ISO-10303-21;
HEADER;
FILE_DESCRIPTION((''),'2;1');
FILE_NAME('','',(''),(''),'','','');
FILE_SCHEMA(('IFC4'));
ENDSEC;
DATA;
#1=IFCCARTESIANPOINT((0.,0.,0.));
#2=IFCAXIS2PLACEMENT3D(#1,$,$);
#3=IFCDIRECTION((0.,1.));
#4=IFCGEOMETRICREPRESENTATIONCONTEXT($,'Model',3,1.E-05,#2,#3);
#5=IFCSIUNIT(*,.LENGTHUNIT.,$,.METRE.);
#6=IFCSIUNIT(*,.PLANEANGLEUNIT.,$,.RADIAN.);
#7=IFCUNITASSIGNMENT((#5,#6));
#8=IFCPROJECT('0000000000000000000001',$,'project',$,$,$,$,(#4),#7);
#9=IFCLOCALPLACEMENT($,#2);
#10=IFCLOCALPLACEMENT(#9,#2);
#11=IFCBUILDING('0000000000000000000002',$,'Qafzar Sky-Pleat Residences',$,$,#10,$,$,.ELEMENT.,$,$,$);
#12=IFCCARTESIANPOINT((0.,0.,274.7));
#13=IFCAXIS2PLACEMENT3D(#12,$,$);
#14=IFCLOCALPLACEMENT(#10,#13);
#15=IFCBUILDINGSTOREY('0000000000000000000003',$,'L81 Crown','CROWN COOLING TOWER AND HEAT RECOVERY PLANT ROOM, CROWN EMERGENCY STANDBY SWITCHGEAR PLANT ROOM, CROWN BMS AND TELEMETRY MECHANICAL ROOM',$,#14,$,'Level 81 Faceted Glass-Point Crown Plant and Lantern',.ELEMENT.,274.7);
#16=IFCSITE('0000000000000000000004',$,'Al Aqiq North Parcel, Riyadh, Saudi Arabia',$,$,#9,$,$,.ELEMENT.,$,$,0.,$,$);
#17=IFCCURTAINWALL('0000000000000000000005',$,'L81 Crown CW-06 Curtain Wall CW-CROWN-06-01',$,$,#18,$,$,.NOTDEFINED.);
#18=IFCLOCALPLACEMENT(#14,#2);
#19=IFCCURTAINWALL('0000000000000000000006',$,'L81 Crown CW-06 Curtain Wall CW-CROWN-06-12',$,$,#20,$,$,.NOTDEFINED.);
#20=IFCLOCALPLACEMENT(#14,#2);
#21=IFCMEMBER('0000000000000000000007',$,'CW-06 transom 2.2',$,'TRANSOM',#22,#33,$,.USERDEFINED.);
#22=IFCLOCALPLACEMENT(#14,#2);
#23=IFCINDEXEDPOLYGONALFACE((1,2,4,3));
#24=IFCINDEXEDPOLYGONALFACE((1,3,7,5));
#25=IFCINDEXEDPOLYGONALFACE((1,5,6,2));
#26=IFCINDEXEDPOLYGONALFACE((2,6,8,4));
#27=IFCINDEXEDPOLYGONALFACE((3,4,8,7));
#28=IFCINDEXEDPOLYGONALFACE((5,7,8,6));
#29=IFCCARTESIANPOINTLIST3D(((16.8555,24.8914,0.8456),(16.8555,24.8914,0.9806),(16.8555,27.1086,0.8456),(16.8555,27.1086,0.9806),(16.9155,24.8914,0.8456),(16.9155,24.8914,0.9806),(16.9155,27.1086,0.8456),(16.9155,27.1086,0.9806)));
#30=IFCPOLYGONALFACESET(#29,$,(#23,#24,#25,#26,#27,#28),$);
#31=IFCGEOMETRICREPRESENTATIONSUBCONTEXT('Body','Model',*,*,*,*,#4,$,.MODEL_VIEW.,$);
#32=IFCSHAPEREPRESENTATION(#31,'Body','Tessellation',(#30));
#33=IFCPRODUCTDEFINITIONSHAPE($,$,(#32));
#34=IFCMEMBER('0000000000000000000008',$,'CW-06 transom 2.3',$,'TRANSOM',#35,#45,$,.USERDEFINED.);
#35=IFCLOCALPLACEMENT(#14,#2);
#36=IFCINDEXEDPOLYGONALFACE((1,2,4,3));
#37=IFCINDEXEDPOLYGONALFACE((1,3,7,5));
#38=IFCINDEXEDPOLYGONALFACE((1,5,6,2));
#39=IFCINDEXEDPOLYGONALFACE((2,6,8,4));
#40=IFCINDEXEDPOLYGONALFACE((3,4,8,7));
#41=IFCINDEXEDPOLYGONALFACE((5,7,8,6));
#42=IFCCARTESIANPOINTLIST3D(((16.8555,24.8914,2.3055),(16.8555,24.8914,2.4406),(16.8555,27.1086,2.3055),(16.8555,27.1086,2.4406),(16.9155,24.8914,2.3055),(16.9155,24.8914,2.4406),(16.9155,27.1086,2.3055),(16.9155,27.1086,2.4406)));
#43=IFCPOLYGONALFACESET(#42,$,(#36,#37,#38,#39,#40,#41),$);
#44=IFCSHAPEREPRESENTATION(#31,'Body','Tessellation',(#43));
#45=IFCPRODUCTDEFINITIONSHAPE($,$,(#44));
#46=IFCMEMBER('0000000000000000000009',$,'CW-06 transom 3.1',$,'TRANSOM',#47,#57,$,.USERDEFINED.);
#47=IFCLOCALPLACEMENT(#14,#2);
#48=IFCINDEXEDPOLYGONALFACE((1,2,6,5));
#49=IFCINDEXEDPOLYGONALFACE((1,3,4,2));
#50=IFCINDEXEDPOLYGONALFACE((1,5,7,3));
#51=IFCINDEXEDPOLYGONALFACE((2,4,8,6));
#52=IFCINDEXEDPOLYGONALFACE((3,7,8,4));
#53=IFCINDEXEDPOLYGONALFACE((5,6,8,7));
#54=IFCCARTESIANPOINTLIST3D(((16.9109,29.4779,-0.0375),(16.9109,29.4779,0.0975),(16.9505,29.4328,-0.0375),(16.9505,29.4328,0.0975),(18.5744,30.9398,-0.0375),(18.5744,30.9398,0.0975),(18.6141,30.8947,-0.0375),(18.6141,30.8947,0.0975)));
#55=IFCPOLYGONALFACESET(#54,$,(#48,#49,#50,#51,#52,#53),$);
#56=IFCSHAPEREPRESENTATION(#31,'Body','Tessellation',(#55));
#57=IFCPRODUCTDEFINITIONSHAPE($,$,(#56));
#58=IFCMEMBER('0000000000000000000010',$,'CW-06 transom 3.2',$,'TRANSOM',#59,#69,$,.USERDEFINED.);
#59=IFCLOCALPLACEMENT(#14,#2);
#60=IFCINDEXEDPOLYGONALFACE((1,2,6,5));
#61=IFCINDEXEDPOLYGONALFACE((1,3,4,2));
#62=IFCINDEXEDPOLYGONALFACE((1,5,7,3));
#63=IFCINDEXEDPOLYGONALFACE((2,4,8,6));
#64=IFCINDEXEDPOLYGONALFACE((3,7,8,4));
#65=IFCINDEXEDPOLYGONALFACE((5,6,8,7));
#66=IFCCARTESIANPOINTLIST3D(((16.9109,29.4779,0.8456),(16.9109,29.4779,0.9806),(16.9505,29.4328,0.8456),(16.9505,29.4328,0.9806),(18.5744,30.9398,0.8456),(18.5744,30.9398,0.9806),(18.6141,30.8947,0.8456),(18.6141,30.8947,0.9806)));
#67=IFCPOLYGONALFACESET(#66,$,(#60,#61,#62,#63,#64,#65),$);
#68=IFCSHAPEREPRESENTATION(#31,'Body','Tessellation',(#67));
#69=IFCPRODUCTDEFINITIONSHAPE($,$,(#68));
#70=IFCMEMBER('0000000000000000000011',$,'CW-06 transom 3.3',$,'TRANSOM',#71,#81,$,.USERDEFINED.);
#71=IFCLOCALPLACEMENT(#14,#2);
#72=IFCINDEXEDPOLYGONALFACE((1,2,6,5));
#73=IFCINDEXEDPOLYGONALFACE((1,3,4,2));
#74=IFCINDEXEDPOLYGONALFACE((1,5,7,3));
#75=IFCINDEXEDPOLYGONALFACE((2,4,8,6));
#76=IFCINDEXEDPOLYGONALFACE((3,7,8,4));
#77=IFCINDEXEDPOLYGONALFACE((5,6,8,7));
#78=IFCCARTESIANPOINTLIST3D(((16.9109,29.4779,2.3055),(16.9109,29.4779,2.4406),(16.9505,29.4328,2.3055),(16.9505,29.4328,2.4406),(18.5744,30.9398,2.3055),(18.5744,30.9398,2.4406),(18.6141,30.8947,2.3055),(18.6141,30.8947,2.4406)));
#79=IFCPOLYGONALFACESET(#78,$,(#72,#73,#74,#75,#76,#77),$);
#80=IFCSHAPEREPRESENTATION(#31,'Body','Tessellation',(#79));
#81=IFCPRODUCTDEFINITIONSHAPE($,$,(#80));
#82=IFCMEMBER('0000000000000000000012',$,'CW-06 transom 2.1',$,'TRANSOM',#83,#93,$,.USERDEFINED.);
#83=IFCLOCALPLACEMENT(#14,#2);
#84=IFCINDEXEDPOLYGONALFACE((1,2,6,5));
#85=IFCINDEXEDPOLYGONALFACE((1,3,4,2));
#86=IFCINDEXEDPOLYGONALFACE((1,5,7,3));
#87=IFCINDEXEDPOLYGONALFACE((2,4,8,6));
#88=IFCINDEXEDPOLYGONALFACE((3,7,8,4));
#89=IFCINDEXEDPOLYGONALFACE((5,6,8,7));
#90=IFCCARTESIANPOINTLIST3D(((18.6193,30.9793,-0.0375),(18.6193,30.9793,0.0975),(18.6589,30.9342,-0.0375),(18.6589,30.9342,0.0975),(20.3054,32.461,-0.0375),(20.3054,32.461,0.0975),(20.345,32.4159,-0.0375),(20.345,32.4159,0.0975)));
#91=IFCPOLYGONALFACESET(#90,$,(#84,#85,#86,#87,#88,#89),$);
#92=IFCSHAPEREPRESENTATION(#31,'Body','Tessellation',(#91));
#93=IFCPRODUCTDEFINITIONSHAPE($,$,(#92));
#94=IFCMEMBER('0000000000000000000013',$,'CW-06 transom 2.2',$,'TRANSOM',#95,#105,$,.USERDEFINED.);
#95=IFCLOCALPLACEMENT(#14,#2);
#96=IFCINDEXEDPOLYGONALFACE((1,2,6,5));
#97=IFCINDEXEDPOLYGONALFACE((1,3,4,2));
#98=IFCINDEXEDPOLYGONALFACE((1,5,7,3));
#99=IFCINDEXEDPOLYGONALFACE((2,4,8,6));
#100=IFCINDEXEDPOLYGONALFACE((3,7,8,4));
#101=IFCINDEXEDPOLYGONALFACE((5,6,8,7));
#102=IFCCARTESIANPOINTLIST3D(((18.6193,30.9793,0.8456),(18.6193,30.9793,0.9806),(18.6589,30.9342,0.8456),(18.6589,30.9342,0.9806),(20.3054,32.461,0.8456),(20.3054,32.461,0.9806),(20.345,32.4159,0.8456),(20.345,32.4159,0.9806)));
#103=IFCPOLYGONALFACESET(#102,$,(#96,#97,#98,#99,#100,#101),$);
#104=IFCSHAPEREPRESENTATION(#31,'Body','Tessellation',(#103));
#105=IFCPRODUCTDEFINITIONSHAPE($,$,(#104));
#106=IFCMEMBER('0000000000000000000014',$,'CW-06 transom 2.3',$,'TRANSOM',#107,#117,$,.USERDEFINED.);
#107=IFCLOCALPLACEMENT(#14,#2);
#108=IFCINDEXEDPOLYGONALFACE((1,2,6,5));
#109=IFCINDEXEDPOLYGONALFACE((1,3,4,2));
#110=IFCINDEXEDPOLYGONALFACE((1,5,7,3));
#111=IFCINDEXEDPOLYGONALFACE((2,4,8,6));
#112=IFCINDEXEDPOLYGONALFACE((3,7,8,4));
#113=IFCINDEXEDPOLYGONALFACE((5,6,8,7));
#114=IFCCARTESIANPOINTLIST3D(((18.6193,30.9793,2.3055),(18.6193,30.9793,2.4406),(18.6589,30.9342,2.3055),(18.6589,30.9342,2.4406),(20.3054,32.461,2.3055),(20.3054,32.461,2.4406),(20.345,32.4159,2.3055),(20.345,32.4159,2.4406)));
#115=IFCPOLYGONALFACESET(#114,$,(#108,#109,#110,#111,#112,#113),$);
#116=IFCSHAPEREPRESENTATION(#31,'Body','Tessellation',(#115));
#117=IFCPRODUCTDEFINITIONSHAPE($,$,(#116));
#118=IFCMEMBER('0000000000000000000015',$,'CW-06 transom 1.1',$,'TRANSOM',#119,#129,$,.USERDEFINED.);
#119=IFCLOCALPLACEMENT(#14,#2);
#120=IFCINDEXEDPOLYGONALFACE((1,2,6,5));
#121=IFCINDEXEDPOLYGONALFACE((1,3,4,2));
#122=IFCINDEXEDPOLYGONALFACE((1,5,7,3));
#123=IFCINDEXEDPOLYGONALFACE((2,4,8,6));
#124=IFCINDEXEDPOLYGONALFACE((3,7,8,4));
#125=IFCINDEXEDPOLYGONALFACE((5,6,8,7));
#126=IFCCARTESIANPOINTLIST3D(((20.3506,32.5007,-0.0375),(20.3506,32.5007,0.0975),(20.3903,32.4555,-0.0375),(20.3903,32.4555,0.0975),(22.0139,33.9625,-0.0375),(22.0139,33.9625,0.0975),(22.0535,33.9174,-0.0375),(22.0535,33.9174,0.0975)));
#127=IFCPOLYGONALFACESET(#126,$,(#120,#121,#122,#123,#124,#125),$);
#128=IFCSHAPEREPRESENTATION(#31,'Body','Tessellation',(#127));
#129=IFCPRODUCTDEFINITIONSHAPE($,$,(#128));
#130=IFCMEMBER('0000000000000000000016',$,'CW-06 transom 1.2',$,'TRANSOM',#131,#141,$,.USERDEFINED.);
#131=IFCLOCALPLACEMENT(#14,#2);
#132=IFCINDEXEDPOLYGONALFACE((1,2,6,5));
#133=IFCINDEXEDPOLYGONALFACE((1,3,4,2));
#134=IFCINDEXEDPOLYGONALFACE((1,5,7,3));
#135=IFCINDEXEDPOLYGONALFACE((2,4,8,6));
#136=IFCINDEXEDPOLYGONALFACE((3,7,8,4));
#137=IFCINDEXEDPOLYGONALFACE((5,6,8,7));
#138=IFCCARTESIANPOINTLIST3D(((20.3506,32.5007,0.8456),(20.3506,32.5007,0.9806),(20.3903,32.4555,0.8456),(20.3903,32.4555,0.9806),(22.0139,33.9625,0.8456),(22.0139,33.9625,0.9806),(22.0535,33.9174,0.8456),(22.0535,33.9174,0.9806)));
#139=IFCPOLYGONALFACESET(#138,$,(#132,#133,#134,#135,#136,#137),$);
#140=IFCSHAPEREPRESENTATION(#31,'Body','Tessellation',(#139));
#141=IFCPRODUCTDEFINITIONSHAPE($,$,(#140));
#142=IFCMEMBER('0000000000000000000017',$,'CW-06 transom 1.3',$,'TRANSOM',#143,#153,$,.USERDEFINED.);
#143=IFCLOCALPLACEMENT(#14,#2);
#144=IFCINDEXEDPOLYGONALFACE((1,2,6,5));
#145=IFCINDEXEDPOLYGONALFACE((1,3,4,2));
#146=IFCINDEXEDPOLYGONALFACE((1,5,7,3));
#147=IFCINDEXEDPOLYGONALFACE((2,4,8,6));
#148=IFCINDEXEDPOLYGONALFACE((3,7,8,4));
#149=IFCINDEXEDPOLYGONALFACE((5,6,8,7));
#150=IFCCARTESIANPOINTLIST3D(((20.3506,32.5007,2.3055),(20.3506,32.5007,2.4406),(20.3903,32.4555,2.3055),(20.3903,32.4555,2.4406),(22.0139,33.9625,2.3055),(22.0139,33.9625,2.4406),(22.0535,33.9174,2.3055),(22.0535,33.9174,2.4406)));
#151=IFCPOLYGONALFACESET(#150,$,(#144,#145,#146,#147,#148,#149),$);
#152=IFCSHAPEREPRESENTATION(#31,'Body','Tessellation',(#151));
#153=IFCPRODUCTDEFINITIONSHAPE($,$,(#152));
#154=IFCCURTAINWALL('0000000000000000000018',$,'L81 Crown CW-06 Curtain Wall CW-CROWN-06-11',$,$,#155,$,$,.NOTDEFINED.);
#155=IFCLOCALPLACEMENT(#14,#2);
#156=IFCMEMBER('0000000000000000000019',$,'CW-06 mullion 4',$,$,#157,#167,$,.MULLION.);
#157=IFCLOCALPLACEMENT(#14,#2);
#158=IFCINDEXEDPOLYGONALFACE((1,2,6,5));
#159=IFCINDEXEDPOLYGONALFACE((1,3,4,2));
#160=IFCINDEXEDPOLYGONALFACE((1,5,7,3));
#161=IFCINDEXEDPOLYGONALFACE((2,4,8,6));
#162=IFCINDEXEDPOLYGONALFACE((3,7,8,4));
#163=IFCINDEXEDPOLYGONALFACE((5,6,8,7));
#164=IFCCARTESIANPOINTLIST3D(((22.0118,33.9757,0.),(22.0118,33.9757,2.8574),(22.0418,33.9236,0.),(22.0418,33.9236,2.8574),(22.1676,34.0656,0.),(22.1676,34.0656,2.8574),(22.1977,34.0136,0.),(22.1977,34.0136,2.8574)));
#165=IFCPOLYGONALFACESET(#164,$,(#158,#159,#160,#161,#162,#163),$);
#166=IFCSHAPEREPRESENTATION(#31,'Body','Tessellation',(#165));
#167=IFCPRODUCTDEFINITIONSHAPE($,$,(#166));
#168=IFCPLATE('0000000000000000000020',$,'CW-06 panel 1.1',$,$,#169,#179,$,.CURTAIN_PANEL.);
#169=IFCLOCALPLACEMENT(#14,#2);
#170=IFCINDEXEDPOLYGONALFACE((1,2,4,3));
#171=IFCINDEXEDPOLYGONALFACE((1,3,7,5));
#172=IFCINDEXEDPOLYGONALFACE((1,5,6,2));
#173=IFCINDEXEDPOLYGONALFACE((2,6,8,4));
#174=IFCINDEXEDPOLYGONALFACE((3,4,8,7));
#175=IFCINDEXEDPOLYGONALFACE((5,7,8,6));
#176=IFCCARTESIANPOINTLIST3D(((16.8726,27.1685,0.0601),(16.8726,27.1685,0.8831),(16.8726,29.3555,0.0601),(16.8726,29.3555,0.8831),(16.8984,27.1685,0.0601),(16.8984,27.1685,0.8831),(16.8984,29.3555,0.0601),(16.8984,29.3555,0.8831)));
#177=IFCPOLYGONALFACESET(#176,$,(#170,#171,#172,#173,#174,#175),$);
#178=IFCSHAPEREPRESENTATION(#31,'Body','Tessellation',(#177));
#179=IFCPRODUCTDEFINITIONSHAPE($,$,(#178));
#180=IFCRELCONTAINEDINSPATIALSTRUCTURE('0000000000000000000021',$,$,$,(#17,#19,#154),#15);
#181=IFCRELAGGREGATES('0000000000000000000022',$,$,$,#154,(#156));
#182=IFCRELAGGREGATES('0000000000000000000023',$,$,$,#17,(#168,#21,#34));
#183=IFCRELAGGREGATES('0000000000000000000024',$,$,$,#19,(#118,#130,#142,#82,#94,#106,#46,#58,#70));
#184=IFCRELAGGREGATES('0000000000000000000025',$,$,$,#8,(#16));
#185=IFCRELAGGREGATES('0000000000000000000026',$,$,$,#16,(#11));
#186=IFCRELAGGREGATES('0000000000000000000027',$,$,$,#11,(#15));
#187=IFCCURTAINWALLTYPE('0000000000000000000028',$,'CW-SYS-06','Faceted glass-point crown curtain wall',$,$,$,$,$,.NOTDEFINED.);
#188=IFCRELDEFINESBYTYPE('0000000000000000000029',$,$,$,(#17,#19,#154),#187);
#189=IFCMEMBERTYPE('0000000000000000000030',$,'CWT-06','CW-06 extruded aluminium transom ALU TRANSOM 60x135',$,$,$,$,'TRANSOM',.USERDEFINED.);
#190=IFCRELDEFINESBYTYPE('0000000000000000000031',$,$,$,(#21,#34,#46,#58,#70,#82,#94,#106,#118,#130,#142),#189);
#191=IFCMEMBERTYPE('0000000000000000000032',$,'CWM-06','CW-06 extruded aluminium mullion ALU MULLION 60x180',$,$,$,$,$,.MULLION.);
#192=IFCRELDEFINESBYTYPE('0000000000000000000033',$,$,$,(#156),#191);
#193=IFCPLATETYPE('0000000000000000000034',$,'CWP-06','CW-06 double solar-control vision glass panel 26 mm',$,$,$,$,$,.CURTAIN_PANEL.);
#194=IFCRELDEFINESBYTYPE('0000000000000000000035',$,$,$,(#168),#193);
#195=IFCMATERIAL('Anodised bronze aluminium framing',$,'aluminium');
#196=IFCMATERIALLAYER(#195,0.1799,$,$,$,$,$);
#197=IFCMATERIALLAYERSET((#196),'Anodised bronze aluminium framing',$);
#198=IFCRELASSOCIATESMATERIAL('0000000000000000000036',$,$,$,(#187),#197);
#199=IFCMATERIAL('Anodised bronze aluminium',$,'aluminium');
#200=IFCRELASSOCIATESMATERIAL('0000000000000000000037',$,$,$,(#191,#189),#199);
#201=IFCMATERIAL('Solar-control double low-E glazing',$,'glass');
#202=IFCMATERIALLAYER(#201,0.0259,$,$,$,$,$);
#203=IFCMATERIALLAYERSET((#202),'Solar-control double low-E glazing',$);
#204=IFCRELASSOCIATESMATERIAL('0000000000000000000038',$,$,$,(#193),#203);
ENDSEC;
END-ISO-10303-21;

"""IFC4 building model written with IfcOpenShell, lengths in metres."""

from ifc_helpers import new_model, si_unit, direction, frame, origin, origin_2d, place, context, subcontext, project, spatial, rectangle, extrude, source, transform, mapped, material, layer, layer_set, material_profile, profile_set, type_object, element, aggregate, save


model = new_model("IFC4")

# Units and contexts
model_context = context("Model", 3, precision=1e-05, world=origin(), true_north=direction((0.0, 1.0)))
body_context = subcontext(model_context, "Body", "Model", "MODEL_VIEW")
ifc_project = project(units=[si_unit("LENGTHUNIT", "METRE"), si_unit("PLANEANGLEUNIT", "RADIAN")], contexts=[model_context])

# Site, building, storey
site_placement = place(None, origin())
site = spatial("IfcSite", under=ifc_project, at=site_placement, Name="Al Aqiq North Parcel, Riyadh, Saudi Arabia", CompositionType="ELEMENT", RefElevation=0.0)
building_placement = place(site_placement, origin())
building = spatial("IfcBuilding", under=site, at=building_placement, Name="Qafzar Sky-Pleat Residences", CompositionType="ELEMENT")
storey_placement = place(building_placement, frame((0.0, 0.0, 274.7)))
storey = spatial("IfcBuildingStorey", under=building, at=storey_placement, Name="L81 Crown", Description="CROWN COOLING TOWER AND HEAT RECOVERY PLANT ROOM, CROWN EMERGENCY STANDBY SWITCHGEAR PLANT ROOM, CROWN BMS AND TELEMETRY MECHANICAL ROOM", LongName="Level 81 Faceted Glass-Point Crown Plant and Lantern", CompositionType="ELEMENT", Elevation=274.7)

# Curtain walls
ifc_material_1 = material(Name="Anodised bronze aluminium framing", Category="aluminium")
ifc_layer_1 = layer(ifc_material_1, 0.1799)
ifc_layer_set_1 = layer_set([ifc_layer_1], Name="Anodised bronze aluminium framing")
curtain_wall_type = type_object("IfcCurtainWallType", Name="CW-SYS-06", Description="Faceted glass-point crown curtain wall", PredefinedType="NOTDEFINED", material=ifc_layer_set_1)
curtain_wall_1_placement = place(storey_placement, origin())
curtain_wall_1 = element("IfcCurtainWall", 1, at=curtain_wall_1_placement, inside=storey, type_object=curtain_wall_type, Name="L81 Crown CW-06 Curtain Wall CW-CROWN-06-01", PredefinedType="NOTDEFINED")
ifc_material_2 = material(Name="Anodised bronze aluminium", Category="aluminium")
ifc_material_profile_1 = material_profile(ifc_material_2, rectangle(XDim=0.0601, YDim=0.1799, at=origin_2d()), Name="ALU MULLION 60x180")
ifc_profile_set_1 = profile_set([ifc_material_profile_1], Name="Anodised bronze aluminium")
member_type_1 = type_object("IfcMemberType", Name="CWM-06", Description="CW-06 extruded aluminium mullion ALU MULLION 60x180", PredefinedType="MULLION", material=ifc_profile_set_1)
curtain_wall_2_placement = place(storey_placement, origin())
curtain_wall_2 = element("IfcCurtainWall", 2, at=curtain_wall_2_placement, inside=storey, type_object=curtain_wall_type, Name="L81 Crown CW-06 Curtain Wall CW-CROWN-06-12", PredefinedType="NOTDEFINED")

# Members
ifc_material_profile_2 = material_profile(ifc_material_2, rectangle(XDim=0.0601, YDim=0.135, at=origin_2d()), Name="ALU TRANSOM 60x135")
ifc_profile_set_2 = profile_set([ifc_material_profile_2], Name="Anodised bronze aluminium")
member_type_2 = type_object("IfcMemberType", Name="CWT-06", Description="CW-06 extruded aluminium transom ALU TRANSOM 60x135", ElementType="TRANSOM", PredefinedType="USERDEFINED", material=ifc_profile_set_2)
shared_shape_1 = source(origin(), body_context, "Body", "SweptSolid", [
    extrude(rectangle(XDim=0.0601, YDim=0.135, at=origin_2d()), origin(), (0.0, 0.0, 1.0), 2.2173),
])
member_1_placement = place(storey_placement, frame((16.8855, 27.1086, 0.9131), z_axis=(0.0, -1.0, 0.0), x_axis=(1.0, 0.0, 0.0)))
member_1 = element("IfcMember", 3, at=member_1_placement, type_object=member_type_2, Name="CW-06 transom 2.2", ObjectType="TRANSOM", PredefinedType="USERDEFINED", context=body_context, shape_type="MappedRepresentation", body=[
    mapped(shared_shape_1, transform((0.0, 0.0, 0.0), x_axis=(1.0, 0.0, 0.0), y_axis=(0.0, 1.0, 0.0), z_axis=(0.0, 0.0, 1.0), scale=1.0)),
])
member_2_placement = place(storey_placement, frame((16.8855, 27.1086, 2.373), z_axis=(0.0, -1.0, 0.0), x_axis=(1.0, 0.0, 0.0)))
member_2 = element("IfcMember", 4, at=member_2_placement, type_object=member_type_2, Name="CW-06 transom 2.3", ObjectType="TRANSOM", PredefinedType="USERDEFINED", context=body_context, shape_type="MappedRepresentation", body=[
    mapped(shared_shape_1, transform((0.0, 0.0, 0.0), x_axis=(1.0, 0.0, 0.0), y_axis=(0.0, 1.0, 0.0), z_axis=(0.0, 0.0, 1.0), scale=1.0)),
])
shared_shape_2 = source(origin(), body_context, "Body", "SweptSolid", [
    extrude(rectangle(XDim=0.0601, YDim=0.135, at=origin_2d()), origin(), (0.0, 0.0, 1.0), 2.2146),
])
member_3_placement = place(storey_placement, frame((18.5942, 30.9172, 0.03), z_axis=(-0.751168, -0.660111, 0.0), x_axis=(0.660111, -0.751168, 0.0)))
member_3 = element("IfcMember", 5, at=member_3_placement, type_object=member_type_2, Name="CW-06 transom 3.1", ObjectType="TRANSOM", PredefinedType="USERDEFINED", context=body_context, shape_type="MappedRepresentation", body=[
    mapped(shared_shape_2, transform((0.0, 0.0, 0.0), x_axis=(1.0, 0.0, 0.0), y_axis=(0.0, 1.0, 0.0), z_axis=(0.0, 0.0, 1.0), scale=1.0)),
])
member_4_placement = place(storey_placement, frame((18.5942, 30.9172, 0.9131), z_axis=(-0.751168, -0.660111, 0.0), x_axis=(0.660111, -0.751168, 0.0)))
member_4 = element("IfcMember", 6, at=member_4_placement, type_object=member_type_2, Name="CW-06 transom 3.2", ObjectType="TRANSOM", PredefinedType="USERDEFINED", context=body_context, shape_type="MappedRepresentation", body=[
    mapped(shared_shape_2, transform((0.0, 0.0, 0.0), x_axis=(1.0, 0.0, 0.0), y_axis=(0.0, 1.0, 0.0), z_axis=(0.0, 0.0, 1.0), scale=1.0)),
])
member_5_placement = place(storey_placement, frame((18.5942, 30.9172, 2.373), z_axis=(-0.751168, -0.660111, 0.0), x_axis=(0.660111, -0.751168, 0.0)))
member_5 = element("IfcMember", 7, at=member_5_placement, type_object=member_type_2, Name="CW-06 transom 3.3", ObjectType="TRANSOM", PredefinedType="USERDEFINED", context=body_context, shape_type="MappedRepresentation", body=[
    mapped(shared_shape_2, transform((0.0, 0.0, 0.0), x_axis=(1.0, 0.0, 0.0), y_axis=(0.0, 1.0, 0.0), z_axis=(0.0, 0.0, 1.0), scale=1.0)),
])
shared_shape_3 = source(origin(), body_context, "Body", "SweptSolid", [
    extrude(rectangle(XDim=0.0601, YDim=0.135, at=origin_2d()), origin(), (0.0, 0.0, 1.0), 2.2446),
])
member_6_placement = place(storey_placement, frame((20.3252, 32.4385, 0.03), z_axis=(-0.75116, -0.66012, 0.0), x_axis=(0.66012, -0.75116, 0.0)))
member_6 = element("IfcMember", 8, at=member_6_placement, type_object=member_type_2, Name="CW-06 transom 2.1", ObjectType="TRANSOM", PredefinedType="USERDEFINED", context=body_context, shape_type="MappedRepresentation", body=[
    mapped(shared_shape_3, transform((0.0, 0.0, 0.0), x_axis=(1.0, 0.0, 0.0), y_axis=(0.0, 1.0, 0.0), z_axis=(0.0, 0.0, 1.0), scale=1.0)),
])
member_7_placement = place(storey_placement, frame((20.3252, 32.4385, 0.9131), z_axis=(-0.75116, -0.66012, 0.0), x_axis=(0.66012, -0.75116, 0.0)))
member_7 = element("IfcMember", 9, at=member_7_placement, type_object=member_type_2, Name="CW-06 transom 2.2", ObjectType="TRANSOM", PredefinedType="USERDEFINED", context=body_context, shape_type="MappedRepresentation", body=[
    mapped(shared_shape_3, transform((0.0, 0.0, 0.0), x_axis=(1.0, 0.0, 0.0), y_axis=(0.0, 1.0, 0.0), z_axis=(0.0, 0.0, 1.0), scale=1.0)),
])
member_8_placement = place(storey_placement, frame((20.3252, 32.4385, 2.373), z_axis=(-0.75116, -0.66012, 0.0), x_axis=(0.66012, -0.75116, 0.0)))
member_8 = element("IfcMember", 10, at=member_8_placement, type_object=member_type_2, Name="CW-06 transom 2.3", ObjectType="TRANSOM", PredefinedType="USERDEFINED", context=body_context, shape_type="MappedRepresentation", body=[
    mapped(shared_shape_3, transform((0.0, 0.0, 0.0), x_axis=(1.0, 0.0, 0.0), y_axis=(0.0, 1.0, 0.0), z_axis=(0.0, 0.0, 1.0), scale=1.0)),
])
shared_shape_4 = source(origin(), body_context, "Body", "SweptSolid", [
    extrude(rectangle(XDim=0.0601, YDim=0.135, at=origin_2d()), origin(), (0.0, 0.0, 1.0), 2.2144),
])
member_9_placement = place(storey_placement, frame((22.0337, 33.9399, 0.03), z_axis=(-0.75112, -0.660166, 0.0), x_axis=(0.660166, -0.75112, 0.0)))
member_9 = element("IfcMember", 11, at=member_9_placement, type_object=member_type_2, Name="CW-06 transom 1.1", ObjectType="TRANSOM", PredefinedType="USERDEFINED", context=body_context, shape_type="MappedRepresentation", body=[
    mapped(shared_shape_4, transform((0.0, 0.0, 0.0), x_axis=(1.0, 0.0, 0.0), y_axis=(0.0, 1.0, 0.0), z_axis=(0.0, 0.0, 1.0), scale=1.0)),
])
member_10_placement = place(storey_placement, frame((22.0337, 33.9399, 0.9131), z_axis=(-0.75112, -0.660166, 0.0), x_axis=(0.660166, -0.75112, 0.0)))
member_10 = element("IfcMember", 12, at=member_10_placement, type_object=member_type_2, Name="CW-06 transom 1.2", ObjectType="TRANSOM", PredefinedType="USERDEFINED", context=body_context, shape_type="MappedRepresentation", body=[
    mapped(shared_shape_4, transform((0.0, 0.0, 0.0), x_axis=(1.0, 0.0, 0.0), y_axis=(0.0, 1.0, 0.0), z_axis=(0.0, 0.0, 1.0), scale=1.0)),
])
member_11_placement = place(storey_placement, frame((22.0337, 33.9399, 2.373), z_axis=(-0.75112, -0.660166, 0.0), x_axis=(0.660166, -0.75112, 0.0)))
member_11 = element("IfcMember", 13, at=member_11_placement, type_object=member_type_2, Name="CW-06 transom 1.3", ObjectType="TRANSOM", PredefinedType="USERDEFINED", context=body_context, shape_type="MappedRepresentation", body=[
    mapped(shared_shape_4, transform((0.0, 0.0, 0.0), x_axis=(1.0, 0.0, 0.0), y_axis=(0.0, 1.0, 0.0), z_axis=(0.0, 0.0, 1.0), scale=1.0)),
])

# Curtain wall, member
curtain_wall_3_placement = place(storey_placement, origin())
curtain_wall_3 = element("IfcCurtainWall", 14, at=curtain_wall_3_placement, inside=storey, type_object=curtain_wall_type, Name="L81 Crown CW-06 Curtain Wall CW-CROWN-06-11", PredefinedType="NOTDEFINED")
shared_shape_5 = source(origin(), body_context, "Body", "SweptSolid", [
    extrude(rectangle(XDim=0.0601, YDim=0.1799, at=origin_2d()), origin(), (0.0, 0.0, 1.0), 2.8574),
])
member_12_placement = place(storey_placement, frame((22.1047, 33.9946, 0.0), z_axis=(0.0, 0.0, 1.0), x_axis=(0.499996, -0.866028, 0.0)))
member_12 = element("IfcMember", 15, at=member_12_placement, type_object=member_type_1, Name="CW-06 mullion 4", PredefinedType="MULLION", context=body_context, shape_type="MappedRepresentation", body=[
    mapped(shared_shape_5, transform((0.0, 0.0, 0.0), x_axis=(1.0, 0.0, 0.0), y_axis=(0.0, 1.0, 0.0), z_axis=(0.0, 0.0, 1.0), scale=1.0)),
])
aggregate(curtain_wall_3, [member_12])

# Plate
ifc_material_3 = material(Name="Solar-control double low-E glazing", Category="glass")
ifc_layer_2 = layer(ifc_material_3, 0.0259)
ifc_layer_set_2 = layer_set([ifc_layer_2], Name="Solar-control double low-E glazing")
plate_type = type_object("IfcPlateType", Name="CWP-06", Description="CW-06 double solar-control vision glass panel 26 mm", PredefinedType="CURTAIN_PANEL", material=ifc_layer_set_2)
shared_shape_6 = source(origin(), body_context, "Body", "SweptSolid", [
    extrude(rectangle(XDim=2.187, YDim=0.0259, at=origin_2d()), origin(), (0.0, 0.0, 1.0), 0.823),
])
plate_1_placement = place(storey_placement, frame((16.8855, 28.262, 0.0601), z_axis=(0.0, 0.0, 1.0), x_axis=(0.0, -1.0, 0.0)))
plate_1 = element("IfcPlate", 16, at=plate_1_placement, type_object=plate_type, Name="CW-06 panel 1.1", PredefinedType="CURTAIN_PANEL", context=body_context, shape_type="MappedRepresentation", body=[
    mapped(shared_shape_6, transform((0.0, 0.0, 0.0), x_axis=(1.0, 0.0, 0.0), y_axis=(0.0, 1.0, 0.0), z_axis=(0.0, 0.0, 1.0), scale=1.0)),
])
aggregate(curtain_wall_1, [plate_1, member_1, member_2])
aggregate(curtain_wall_2, [member_9, member_10, member_11, member_6, member_7, member_8, member_3, member_4, member_5])

save(model, "model.ifc")
